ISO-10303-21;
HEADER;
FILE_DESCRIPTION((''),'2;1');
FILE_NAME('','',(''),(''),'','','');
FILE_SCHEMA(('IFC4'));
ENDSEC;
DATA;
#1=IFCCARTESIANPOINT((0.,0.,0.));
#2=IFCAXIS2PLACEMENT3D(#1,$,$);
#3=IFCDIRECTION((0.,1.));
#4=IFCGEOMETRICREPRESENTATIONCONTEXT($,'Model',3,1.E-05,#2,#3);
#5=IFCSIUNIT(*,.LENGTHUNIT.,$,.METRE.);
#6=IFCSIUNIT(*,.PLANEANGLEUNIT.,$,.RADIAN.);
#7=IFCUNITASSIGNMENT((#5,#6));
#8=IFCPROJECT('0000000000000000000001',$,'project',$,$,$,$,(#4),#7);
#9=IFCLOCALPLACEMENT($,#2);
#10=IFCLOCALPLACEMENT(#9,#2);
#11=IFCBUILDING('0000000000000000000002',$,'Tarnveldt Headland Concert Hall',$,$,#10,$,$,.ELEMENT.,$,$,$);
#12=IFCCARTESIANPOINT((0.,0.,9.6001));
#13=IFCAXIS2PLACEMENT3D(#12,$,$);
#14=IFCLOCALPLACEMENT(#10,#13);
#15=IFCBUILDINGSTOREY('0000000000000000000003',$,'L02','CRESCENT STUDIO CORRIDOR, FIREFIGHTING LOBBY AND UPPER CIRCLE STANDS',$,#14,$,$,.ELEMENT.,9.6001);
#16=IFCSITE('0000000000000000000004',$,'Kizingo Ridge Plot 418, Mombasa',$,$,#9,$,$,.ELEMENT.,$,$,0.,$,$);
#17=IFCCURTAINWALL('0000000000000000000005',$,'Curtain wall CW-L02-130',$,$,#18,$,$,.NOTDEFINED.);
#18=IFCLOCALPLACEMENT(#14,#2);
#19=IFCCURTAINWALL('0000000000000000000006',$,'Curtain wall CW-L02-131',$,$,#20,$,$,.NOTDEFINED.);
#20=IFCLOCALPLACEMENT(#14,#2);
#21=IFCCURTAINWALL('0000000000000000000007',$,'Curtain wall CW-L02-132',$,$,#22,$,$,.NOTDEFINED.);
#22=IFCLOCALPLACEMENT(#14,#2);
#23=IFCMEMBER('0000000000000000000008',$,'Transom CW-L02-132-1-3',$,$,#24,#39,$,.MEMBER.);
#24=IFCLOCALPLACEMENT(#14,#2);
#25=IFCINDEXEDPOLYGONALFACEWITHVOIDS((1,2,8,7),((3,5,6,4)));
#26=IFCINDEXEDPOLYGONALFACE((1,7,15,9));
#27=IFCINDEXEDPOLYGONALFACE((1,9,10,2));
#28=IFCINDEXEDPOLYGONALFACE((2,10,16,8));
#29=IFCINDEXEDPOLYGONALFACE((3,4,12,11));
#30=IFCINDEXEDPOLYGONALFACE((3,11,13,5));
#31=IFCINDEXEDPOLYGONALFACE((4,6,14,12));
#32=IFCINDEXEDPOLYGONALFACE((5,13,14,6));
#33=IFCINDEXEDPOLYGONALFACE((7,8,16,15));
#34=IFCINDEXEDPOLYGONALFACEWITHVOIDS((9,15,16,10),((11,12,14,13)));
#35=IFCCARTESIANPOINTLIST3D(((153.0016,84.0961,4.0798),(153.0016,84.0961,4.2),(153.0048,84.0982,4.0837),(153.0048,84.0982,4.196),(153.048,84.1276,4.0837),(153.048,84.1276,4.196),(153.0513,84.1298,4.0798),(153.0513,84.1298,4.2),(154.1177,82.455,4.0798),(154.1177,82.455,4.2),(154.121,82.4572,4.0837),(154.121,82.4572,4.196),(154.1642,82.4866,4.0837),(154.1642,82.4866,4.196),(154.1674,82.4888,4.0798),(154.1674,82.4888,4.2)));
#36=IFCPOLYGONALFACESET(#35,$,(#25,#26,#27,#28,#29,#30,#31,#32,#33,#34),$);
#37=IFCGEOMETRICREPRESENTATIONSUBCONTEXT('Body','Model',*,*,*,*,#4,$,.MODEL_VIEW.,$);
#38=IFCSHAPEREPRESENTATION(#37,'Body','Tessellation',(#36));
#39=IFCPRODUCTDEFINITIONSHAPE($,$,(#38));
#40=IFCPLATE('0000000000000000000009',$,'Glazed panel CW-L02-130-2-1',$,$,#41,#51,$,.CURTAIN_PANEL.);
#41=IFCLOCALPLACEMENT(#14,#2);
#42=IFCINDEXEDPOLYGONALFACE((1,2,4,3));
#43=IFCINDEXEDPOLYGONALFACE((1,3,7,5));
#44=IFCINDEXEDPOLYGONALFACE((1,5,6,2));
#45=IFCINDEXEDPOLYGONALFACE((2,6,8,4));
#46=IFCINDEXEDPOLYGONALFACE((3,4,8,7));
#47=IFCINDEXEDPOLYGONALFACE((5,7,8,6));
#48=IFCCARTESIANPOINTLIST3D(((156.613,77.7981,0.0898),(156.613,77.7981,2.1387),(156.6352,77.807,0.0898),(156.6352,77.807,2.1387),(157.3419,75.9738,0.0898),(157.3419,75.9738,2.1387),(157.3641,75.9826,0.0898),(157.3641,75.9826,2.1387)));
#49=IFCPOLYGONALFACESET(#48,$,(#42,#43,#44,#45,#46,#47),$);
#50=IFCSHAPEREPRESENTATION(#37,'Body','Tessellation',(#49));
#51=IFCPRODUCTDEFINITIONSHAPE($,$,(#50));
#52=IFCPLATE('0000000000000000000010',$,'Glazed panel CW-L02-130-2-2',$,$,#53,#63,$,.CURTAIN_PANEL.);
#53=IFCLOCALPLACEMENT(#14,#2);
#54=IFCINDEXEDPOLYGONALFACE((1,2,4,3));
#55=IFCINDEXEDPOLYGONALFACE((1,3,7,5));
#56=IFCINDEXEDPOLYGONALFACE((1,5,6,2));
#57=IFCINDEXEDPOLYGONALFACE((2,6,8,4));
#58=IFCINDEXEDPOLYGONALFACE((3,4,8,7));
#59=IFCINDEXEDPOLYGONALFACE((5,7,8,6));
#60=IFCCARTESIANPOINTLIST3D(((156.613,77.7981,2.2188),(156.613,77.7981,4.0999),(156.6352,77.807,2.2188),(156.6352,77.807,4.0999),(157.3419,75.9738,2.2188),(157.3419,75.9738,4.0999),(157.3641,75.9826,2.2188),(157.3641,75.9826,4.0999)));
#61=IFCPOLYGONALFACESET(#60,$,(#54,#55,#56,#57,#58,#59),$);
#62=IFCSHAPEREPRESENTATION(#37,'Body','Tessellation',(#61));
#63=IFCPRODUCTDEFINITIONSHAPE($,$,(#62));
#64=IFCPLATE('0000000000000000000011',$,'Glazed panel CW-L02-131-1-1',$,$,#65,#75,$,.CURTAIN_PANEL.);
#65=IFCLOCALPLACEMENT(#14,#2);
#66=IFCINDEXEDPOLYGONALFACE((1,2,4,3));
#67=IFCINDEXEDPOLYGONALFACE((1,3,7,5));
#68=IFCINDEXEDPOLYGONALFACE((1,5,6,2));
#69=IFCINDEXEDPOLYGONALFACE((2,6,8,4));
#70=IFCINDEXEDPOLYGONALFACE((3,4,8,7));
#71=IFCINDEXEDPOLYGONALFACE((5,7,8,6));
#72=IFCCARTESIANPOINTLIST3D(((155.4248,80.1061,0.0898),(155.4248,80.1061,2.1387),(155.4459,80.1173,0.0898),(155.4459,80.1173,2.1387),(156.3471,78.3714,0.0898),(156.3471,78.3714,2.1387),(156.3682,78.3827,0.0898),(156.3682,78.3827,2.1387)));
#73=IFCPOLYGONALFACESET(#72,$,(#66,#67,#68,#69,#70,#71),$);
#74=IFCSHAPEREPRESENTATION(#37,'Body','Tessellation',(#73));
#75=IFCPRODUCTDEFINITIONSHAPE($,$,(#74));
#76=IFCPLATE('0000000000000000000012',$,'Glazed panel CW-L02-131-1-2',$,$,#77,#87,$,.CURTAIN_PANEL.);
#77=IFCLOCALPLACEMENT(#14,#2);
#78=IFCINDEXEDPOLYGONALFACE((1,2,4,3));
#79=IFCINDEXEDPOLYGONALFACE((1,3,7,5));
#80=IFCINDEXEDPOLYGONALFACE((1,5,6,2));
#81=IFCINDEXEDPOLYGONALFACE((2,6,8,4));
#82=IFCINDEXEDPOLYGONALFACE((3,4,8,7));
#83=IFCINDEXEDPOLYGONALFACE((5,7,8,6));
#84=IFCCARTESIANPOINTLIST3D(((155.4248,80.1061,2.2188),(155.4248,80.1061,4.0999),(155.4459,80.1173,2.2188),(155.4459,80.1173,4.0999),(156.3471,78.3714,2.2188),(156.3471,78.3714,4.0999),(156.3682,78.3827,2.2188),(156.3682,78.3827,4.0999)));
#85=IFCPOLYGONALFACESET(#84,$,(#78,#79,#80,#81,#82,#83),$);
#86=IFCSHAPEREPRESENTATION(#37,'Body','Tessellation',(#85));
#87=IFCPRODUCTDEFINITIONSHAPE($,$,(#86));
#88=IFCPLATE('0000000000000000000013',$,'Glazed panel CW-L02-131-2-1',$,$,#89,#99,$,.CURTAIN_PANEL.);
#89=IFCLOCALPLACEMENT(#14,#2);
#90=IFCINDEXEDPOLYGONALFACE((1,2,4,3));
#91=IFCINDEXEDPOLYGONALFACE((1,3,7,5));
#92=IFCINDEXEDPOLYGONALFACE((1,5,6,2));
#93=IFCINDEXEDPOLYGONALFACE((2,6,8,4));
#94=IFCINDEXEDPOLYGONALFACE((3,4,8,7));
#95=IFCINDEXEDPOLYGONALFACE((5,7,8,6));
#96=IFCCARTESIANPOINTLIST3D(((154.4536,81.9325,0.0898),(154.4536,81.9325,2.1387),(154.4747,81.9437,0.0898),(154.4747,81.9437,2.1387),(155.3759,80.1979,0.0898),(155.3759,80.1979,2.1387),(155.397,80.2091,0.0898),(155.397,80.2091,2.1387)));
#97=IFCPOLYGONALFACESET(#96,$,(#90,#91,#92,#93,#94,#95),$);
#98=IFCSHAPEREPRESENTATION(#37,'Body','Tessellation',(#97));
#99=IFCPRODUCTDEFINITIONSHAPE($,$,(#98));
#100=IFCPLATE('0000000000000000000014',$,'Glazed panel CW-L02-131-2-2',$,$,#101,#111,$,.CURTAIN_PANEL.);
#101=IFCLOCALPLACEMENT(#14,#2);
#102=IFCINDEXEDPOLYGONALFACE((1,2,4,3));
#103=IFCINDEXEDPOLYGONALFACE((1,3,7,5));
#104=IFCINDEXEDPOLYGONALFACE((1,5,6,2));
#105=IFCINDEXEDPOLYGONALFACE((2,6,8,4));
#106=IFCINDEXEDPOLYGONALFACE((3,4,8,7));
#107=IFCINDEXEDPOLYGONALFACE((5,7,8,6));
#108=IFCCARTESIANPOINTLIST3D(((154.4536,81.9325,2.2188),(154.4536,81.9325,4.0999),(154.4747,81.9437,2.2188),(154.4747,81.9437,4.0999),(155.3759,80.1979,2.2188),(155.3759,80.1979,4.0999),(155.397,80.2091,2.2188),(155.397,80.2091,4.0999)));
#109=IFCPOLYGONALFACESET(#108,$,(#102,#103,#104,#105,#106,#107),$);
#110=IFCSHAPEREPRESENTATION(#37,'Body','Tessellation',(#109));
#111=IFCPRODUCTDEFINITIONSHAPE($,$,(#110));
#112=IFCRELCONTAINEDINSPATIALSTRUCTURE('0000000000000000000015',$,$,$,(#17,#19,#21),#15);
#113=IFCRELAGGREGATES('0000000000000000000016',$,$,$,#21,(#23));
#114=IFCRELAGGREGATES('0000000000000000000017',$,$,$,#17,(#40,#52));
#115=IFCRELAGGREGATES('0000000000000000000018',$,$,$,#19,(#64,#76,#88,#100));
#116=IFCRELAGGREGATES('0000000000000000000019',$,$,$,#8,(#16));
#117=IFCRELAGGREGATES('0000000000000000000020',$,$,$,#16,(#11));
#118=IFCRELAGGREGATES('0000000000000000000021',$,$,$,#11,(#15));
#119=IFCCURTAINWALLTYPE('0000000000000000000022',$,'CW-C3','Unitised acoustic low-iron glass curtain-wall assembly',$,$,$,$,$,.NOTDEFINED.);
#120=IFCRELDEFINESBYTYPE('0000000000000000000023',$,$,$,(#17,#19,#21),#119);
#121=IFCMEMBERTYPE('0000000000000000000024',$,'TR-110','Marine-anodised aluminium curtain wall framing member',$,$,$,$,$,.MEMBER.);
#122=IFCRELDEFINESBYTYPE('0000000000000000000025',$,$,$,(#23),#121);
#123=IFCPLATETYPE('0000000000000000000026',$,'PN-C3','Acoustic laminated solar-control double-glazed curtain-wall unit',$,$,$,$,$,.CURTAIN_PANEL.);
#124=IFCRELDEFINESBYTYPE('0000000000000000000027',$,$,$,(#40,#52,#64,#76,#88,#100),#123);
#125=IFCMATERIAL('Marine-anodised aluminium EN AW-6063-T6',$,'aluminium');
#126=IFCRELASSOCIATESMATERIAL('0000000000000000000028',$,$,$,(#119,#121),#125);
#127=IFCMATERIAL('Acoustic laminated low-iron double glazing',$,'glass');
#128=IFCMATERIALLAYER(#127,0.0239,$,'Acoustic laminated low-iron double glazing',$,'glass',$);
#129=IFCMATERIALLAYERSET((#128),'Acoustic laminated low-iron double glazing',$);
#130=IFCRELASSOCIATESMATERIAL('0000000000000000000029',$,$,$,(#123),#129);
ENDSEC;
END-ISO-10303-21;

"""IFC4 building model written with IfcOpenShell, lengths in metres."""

from ifc_helpers import new_model, si_unit, direction, frame, origin, origin_2d, place, context, subcontext, project, spatial, rectangle, hollow_rectangle, extrude, material, layer, layer_set, material_profile, profile_set, type_object, element, aggregate, save


model = new_model("IFC4")

# Units and contexts
model_context = context("Model", 3, precision=1e-05, world=origin(), true_north=direction((0.0, 1.0)))
body_context = subcontext(model_context, "Body", "Model", "MODEL_VIEW")
ifc_project = project(units=[si_unit("LENGTHUNIT", "METRE"), si_unit("PLANEANGLEUNIT", "RADIAN")], contexts=[model_context])

# Site, building, storey
site_placement = place(None, origin())
site = spatial("IfcSite", under=ifc_project, at=site_placement, Name="Kizingo Ridge Plot 418, Mombasa", CompositionType="ELEMENT", RefElevation=0.0)
building_placement = place(site_placement, origin())
building = spatial("IfcBuilding", under=site, at=building_placement, Name="Tarnveldt Headland Concert Hall", CompositionType="ELEMENT")
storey_placement = place(building_placement, frame((0.0, 0.0, 9.6001)))
storey = spatial("IfcBuildingStorey", under=building, at=storey_placement, Name="L02", Description="CRESCENT STUDIO CORRIDOR, FIREFIGHTING LOBBY AND UPPER CIRCLE STANDS", CompositionType="ELEMENT", Elevation=9.6001)

# Curtain wall
ifc_material_1 = material(Name="Marine-anodised aluminium EN AW-6063-T6", Category="aluminium")
curtain_wall_type = type_object("IfcCurtainWallType", Name="CW-C3", Description="Unitised acoustic low-iron glass curtain-wall assembly", PredefinedType="NOTDEFINED", material=ifc_material_1)
curtain_wall_1_placement = place(storey_placement, origin())
curtain_wall_1 = element("IfcCurtainWall", 1, at=curtain_wall_1_placement, inside=storey, type_object=curtain_wall_type, Name="Curtain wall CW-L02-130", PredefinedType="NOTDEFINED")

# Curtain wall
curtain_wall_2_placement = place(storey_placement, origin())
curtain_wall_2 = element("IfcCurtainWall", 2, at=curtain_wall_2_placement, inside=storey, type_object=curtain_wall_type, Name="Curtain wall CW-L02-131", PredefinedType="NOTDEFINED")

# Curtain wall
curtain_wall_3_placement = place(storey_placement, origin())
curtain_wall_3 = element("IfcCurtainWall", 3, at=curtain_wall_3_placement, inside=storey, type_object=curtain_wall_type, Name="Curtain wall CW-L02-132", PredefinedType="NOTDEFINED")

# Member
ifc_material_profile_1 = material_profile(ifc_material_1, hollow_rectangle(XDim=0.0601, YDim=0.1201, WallThickness=0.0039, at=origin_2d()), Name="ALU TRANSOM 60x120x4", Category="aluminium")
ifc_profile_set_1 = profile_set([ifc_material_profile_1], Name="Marine-anodised aluminium EN AW-6063-T6")
member_type_1 = type_object("IfcMemberType", Name="TR-110", Description="Marine-anodised aluminium curtain wall framing member", PredefinedType="MEMBER", material=ifc_profile_set_1)
member_1_placement = place(storey_placement, frame((154.1426, 82.4719, 4.1399), z_axis=(-0.562397, 0.826867, 0.0), x_axis=(-0.826867, -0.562397, 0.0)))
member_1 = element("IfcMember", 4, at=member_1_placement, type_object=member_type_1, Name="Transom CW-L02-132-1-3", PredefinedType="MEMBER", context=body_context, shape_type="SweptSolid", body=[
    extrude(hollow_rectangle(XDim=0.0601, YDim=0.1201, WallThickness=0.0039, at=origin_2d()), origin(), (0.0, 0.0, 1.0), 1.9846),
])
aggregate(curtain_wall_3, [member_1])

# Plates
ifc_material_2 = material(Name="Acoustic laminated low-iron double glazing", Category="glass")
ifc_layer = layer(ifc_material_2, 0.0239, Name="Acoustic laminated low-iron double glazing", Category="glass")
ifc_layer_set = layer_set([ifc_layer], Name="Acoustic laminated low-iron double glazing")
plate_type = type_object("IfcPlateType", Name="PN-C3", Description="Acoustic laminated solar-control double-glazed curtain-wall unit", PredefinedType="CURTAIN_PANEL", material=ifc_layer_set)
plate_1_placement = place(storey_placement, frame((156.9885, 76.8904, 0.0898), z_axis=(0.0, 0.0, 1.0), x_axis=(-0.371028, 0.928622, 0.0)))
plate_1 = element("IfcPlate", 5, at=plate_1_placement, type_object=plate_type, Name="Glazed panel CW-L02-130-2-1", PredefinedType="CURTAIN_PANEL", context=body_context, shape_type="SweptSolid", body=[
    extrude(rectangle(XDim=1.9646, YDim=0.0239, at=origin_2d()), origin(), (0.0, 0.0, 1.0), 2.0488),
])
plate_2_placement = place(storey_placement, frame((156.9885, 76.8904, 2.2188), z_axis=(0.0, 0.0, 1.0), x_axis=(-0.371028, 0.928622, 0.0)))
plate_2 = element("IfcPlate", 6, at=plate_2_placement, type_object=plate_type, Name="Glazed panel CW-L02-130-2-2", PredefinedType="CURTAIN_PANEL", context=body_context, shape_type="SweptSolid", body=[
    extrude(rectangle(XDim=1.9646, YDim=0.0239, at=origin_2d()), origin(), (0.0, 0.0, 1.0), 1.8811),
])
aggregate(curtain_wall_1, [plate_1, plate_2])
plate_3_placement = place(storey_placement, frame((155.8965, 79.2444, 0.0898), z_axis=(0.0, 0.0, 1.0), x_axis=(-0.469472, 0.882948, 0.0)))
plate_3 = element("IfcPlate", 7, at=plate_3_placement, type_object=plate_type, Name="Glazed panel CW-L02-131-1-1", PredefinedType="CURTAIN_PANEL", context=body_context, shape_type="SweptSolid", body=[
    extrude(rectangle(XDim=1.9646, YDim=0.0239, at=origin_2d()), origin(), (0.0, 0.0, 1.0), 2.0488),
])
plate_4_placement = place(storey_placement, frame((155.8965, 79.2444, 2.2188), z_axis=(0.0, 0.0, 1.0), x_axis=(-0.469472, 0.882948, 0.0)))
plate_4 = element("IfcPlate", 8, at=plate_4_placement, type_object=plate_type, Name="Glazed panel CW-L02-131-1-2", PredefinedType="CURTAIN_PANEL", context=body_context, shape_type="SweptSolid", body=[
    extrude(rectangle(XDim=1.9646, YDim=0.0239, at=origin_2d()), origin(), (0.0, 0.0, 1.0), 1.8811),
])
plate_5_placement = place(storey_placement, frame((154.9253, 81.0708, 0.0898), z_axis=(0.0, 0.0, 1.0), x_axis=(-0.469472, 0.882948, 0.0)))
plate_5 = element("IfcPlate", 9, at=plate_5_placement, type_object=plate_type, Name="Glazed panel CW-L02-131-2-1", PredefinedType="CURTAIN_PANEL", context=body_context, shape_type="SweptSolid", body=[
    extrude(rectangle(XDim=1.9646, YDim=0.0239, at=origin_2d()), origin(), (0.0, 0.0, 1.0), 2.0488),
])
plate_6_placement = place(storey_placement, frame((154.9253, 81.0708, 2.2188), z_axis=(0.0, 0.0, 1.0), x_axis=(-0.469472, 0.882948, 0.0)))
plate_6 = element("IfcPlate", 10, at=plate_6_placement, type_object=plate_type, Name="Glazed panel CW-L02-131-2-2", PredefinedType="CURTAIN_PANEL", context=body_context, shape_type="SweptSolid", body=[
    extrude(rectangle(XDim=1.9646, YDim=0.0239, at=origin_2d()), origin(), (0.0, 0.0, 1.0), 1.8811),
])
aggregate(curtain_wall_2, [plate_3, plate_4, plate_5, plate_6])

save(model, "model.ifc")
